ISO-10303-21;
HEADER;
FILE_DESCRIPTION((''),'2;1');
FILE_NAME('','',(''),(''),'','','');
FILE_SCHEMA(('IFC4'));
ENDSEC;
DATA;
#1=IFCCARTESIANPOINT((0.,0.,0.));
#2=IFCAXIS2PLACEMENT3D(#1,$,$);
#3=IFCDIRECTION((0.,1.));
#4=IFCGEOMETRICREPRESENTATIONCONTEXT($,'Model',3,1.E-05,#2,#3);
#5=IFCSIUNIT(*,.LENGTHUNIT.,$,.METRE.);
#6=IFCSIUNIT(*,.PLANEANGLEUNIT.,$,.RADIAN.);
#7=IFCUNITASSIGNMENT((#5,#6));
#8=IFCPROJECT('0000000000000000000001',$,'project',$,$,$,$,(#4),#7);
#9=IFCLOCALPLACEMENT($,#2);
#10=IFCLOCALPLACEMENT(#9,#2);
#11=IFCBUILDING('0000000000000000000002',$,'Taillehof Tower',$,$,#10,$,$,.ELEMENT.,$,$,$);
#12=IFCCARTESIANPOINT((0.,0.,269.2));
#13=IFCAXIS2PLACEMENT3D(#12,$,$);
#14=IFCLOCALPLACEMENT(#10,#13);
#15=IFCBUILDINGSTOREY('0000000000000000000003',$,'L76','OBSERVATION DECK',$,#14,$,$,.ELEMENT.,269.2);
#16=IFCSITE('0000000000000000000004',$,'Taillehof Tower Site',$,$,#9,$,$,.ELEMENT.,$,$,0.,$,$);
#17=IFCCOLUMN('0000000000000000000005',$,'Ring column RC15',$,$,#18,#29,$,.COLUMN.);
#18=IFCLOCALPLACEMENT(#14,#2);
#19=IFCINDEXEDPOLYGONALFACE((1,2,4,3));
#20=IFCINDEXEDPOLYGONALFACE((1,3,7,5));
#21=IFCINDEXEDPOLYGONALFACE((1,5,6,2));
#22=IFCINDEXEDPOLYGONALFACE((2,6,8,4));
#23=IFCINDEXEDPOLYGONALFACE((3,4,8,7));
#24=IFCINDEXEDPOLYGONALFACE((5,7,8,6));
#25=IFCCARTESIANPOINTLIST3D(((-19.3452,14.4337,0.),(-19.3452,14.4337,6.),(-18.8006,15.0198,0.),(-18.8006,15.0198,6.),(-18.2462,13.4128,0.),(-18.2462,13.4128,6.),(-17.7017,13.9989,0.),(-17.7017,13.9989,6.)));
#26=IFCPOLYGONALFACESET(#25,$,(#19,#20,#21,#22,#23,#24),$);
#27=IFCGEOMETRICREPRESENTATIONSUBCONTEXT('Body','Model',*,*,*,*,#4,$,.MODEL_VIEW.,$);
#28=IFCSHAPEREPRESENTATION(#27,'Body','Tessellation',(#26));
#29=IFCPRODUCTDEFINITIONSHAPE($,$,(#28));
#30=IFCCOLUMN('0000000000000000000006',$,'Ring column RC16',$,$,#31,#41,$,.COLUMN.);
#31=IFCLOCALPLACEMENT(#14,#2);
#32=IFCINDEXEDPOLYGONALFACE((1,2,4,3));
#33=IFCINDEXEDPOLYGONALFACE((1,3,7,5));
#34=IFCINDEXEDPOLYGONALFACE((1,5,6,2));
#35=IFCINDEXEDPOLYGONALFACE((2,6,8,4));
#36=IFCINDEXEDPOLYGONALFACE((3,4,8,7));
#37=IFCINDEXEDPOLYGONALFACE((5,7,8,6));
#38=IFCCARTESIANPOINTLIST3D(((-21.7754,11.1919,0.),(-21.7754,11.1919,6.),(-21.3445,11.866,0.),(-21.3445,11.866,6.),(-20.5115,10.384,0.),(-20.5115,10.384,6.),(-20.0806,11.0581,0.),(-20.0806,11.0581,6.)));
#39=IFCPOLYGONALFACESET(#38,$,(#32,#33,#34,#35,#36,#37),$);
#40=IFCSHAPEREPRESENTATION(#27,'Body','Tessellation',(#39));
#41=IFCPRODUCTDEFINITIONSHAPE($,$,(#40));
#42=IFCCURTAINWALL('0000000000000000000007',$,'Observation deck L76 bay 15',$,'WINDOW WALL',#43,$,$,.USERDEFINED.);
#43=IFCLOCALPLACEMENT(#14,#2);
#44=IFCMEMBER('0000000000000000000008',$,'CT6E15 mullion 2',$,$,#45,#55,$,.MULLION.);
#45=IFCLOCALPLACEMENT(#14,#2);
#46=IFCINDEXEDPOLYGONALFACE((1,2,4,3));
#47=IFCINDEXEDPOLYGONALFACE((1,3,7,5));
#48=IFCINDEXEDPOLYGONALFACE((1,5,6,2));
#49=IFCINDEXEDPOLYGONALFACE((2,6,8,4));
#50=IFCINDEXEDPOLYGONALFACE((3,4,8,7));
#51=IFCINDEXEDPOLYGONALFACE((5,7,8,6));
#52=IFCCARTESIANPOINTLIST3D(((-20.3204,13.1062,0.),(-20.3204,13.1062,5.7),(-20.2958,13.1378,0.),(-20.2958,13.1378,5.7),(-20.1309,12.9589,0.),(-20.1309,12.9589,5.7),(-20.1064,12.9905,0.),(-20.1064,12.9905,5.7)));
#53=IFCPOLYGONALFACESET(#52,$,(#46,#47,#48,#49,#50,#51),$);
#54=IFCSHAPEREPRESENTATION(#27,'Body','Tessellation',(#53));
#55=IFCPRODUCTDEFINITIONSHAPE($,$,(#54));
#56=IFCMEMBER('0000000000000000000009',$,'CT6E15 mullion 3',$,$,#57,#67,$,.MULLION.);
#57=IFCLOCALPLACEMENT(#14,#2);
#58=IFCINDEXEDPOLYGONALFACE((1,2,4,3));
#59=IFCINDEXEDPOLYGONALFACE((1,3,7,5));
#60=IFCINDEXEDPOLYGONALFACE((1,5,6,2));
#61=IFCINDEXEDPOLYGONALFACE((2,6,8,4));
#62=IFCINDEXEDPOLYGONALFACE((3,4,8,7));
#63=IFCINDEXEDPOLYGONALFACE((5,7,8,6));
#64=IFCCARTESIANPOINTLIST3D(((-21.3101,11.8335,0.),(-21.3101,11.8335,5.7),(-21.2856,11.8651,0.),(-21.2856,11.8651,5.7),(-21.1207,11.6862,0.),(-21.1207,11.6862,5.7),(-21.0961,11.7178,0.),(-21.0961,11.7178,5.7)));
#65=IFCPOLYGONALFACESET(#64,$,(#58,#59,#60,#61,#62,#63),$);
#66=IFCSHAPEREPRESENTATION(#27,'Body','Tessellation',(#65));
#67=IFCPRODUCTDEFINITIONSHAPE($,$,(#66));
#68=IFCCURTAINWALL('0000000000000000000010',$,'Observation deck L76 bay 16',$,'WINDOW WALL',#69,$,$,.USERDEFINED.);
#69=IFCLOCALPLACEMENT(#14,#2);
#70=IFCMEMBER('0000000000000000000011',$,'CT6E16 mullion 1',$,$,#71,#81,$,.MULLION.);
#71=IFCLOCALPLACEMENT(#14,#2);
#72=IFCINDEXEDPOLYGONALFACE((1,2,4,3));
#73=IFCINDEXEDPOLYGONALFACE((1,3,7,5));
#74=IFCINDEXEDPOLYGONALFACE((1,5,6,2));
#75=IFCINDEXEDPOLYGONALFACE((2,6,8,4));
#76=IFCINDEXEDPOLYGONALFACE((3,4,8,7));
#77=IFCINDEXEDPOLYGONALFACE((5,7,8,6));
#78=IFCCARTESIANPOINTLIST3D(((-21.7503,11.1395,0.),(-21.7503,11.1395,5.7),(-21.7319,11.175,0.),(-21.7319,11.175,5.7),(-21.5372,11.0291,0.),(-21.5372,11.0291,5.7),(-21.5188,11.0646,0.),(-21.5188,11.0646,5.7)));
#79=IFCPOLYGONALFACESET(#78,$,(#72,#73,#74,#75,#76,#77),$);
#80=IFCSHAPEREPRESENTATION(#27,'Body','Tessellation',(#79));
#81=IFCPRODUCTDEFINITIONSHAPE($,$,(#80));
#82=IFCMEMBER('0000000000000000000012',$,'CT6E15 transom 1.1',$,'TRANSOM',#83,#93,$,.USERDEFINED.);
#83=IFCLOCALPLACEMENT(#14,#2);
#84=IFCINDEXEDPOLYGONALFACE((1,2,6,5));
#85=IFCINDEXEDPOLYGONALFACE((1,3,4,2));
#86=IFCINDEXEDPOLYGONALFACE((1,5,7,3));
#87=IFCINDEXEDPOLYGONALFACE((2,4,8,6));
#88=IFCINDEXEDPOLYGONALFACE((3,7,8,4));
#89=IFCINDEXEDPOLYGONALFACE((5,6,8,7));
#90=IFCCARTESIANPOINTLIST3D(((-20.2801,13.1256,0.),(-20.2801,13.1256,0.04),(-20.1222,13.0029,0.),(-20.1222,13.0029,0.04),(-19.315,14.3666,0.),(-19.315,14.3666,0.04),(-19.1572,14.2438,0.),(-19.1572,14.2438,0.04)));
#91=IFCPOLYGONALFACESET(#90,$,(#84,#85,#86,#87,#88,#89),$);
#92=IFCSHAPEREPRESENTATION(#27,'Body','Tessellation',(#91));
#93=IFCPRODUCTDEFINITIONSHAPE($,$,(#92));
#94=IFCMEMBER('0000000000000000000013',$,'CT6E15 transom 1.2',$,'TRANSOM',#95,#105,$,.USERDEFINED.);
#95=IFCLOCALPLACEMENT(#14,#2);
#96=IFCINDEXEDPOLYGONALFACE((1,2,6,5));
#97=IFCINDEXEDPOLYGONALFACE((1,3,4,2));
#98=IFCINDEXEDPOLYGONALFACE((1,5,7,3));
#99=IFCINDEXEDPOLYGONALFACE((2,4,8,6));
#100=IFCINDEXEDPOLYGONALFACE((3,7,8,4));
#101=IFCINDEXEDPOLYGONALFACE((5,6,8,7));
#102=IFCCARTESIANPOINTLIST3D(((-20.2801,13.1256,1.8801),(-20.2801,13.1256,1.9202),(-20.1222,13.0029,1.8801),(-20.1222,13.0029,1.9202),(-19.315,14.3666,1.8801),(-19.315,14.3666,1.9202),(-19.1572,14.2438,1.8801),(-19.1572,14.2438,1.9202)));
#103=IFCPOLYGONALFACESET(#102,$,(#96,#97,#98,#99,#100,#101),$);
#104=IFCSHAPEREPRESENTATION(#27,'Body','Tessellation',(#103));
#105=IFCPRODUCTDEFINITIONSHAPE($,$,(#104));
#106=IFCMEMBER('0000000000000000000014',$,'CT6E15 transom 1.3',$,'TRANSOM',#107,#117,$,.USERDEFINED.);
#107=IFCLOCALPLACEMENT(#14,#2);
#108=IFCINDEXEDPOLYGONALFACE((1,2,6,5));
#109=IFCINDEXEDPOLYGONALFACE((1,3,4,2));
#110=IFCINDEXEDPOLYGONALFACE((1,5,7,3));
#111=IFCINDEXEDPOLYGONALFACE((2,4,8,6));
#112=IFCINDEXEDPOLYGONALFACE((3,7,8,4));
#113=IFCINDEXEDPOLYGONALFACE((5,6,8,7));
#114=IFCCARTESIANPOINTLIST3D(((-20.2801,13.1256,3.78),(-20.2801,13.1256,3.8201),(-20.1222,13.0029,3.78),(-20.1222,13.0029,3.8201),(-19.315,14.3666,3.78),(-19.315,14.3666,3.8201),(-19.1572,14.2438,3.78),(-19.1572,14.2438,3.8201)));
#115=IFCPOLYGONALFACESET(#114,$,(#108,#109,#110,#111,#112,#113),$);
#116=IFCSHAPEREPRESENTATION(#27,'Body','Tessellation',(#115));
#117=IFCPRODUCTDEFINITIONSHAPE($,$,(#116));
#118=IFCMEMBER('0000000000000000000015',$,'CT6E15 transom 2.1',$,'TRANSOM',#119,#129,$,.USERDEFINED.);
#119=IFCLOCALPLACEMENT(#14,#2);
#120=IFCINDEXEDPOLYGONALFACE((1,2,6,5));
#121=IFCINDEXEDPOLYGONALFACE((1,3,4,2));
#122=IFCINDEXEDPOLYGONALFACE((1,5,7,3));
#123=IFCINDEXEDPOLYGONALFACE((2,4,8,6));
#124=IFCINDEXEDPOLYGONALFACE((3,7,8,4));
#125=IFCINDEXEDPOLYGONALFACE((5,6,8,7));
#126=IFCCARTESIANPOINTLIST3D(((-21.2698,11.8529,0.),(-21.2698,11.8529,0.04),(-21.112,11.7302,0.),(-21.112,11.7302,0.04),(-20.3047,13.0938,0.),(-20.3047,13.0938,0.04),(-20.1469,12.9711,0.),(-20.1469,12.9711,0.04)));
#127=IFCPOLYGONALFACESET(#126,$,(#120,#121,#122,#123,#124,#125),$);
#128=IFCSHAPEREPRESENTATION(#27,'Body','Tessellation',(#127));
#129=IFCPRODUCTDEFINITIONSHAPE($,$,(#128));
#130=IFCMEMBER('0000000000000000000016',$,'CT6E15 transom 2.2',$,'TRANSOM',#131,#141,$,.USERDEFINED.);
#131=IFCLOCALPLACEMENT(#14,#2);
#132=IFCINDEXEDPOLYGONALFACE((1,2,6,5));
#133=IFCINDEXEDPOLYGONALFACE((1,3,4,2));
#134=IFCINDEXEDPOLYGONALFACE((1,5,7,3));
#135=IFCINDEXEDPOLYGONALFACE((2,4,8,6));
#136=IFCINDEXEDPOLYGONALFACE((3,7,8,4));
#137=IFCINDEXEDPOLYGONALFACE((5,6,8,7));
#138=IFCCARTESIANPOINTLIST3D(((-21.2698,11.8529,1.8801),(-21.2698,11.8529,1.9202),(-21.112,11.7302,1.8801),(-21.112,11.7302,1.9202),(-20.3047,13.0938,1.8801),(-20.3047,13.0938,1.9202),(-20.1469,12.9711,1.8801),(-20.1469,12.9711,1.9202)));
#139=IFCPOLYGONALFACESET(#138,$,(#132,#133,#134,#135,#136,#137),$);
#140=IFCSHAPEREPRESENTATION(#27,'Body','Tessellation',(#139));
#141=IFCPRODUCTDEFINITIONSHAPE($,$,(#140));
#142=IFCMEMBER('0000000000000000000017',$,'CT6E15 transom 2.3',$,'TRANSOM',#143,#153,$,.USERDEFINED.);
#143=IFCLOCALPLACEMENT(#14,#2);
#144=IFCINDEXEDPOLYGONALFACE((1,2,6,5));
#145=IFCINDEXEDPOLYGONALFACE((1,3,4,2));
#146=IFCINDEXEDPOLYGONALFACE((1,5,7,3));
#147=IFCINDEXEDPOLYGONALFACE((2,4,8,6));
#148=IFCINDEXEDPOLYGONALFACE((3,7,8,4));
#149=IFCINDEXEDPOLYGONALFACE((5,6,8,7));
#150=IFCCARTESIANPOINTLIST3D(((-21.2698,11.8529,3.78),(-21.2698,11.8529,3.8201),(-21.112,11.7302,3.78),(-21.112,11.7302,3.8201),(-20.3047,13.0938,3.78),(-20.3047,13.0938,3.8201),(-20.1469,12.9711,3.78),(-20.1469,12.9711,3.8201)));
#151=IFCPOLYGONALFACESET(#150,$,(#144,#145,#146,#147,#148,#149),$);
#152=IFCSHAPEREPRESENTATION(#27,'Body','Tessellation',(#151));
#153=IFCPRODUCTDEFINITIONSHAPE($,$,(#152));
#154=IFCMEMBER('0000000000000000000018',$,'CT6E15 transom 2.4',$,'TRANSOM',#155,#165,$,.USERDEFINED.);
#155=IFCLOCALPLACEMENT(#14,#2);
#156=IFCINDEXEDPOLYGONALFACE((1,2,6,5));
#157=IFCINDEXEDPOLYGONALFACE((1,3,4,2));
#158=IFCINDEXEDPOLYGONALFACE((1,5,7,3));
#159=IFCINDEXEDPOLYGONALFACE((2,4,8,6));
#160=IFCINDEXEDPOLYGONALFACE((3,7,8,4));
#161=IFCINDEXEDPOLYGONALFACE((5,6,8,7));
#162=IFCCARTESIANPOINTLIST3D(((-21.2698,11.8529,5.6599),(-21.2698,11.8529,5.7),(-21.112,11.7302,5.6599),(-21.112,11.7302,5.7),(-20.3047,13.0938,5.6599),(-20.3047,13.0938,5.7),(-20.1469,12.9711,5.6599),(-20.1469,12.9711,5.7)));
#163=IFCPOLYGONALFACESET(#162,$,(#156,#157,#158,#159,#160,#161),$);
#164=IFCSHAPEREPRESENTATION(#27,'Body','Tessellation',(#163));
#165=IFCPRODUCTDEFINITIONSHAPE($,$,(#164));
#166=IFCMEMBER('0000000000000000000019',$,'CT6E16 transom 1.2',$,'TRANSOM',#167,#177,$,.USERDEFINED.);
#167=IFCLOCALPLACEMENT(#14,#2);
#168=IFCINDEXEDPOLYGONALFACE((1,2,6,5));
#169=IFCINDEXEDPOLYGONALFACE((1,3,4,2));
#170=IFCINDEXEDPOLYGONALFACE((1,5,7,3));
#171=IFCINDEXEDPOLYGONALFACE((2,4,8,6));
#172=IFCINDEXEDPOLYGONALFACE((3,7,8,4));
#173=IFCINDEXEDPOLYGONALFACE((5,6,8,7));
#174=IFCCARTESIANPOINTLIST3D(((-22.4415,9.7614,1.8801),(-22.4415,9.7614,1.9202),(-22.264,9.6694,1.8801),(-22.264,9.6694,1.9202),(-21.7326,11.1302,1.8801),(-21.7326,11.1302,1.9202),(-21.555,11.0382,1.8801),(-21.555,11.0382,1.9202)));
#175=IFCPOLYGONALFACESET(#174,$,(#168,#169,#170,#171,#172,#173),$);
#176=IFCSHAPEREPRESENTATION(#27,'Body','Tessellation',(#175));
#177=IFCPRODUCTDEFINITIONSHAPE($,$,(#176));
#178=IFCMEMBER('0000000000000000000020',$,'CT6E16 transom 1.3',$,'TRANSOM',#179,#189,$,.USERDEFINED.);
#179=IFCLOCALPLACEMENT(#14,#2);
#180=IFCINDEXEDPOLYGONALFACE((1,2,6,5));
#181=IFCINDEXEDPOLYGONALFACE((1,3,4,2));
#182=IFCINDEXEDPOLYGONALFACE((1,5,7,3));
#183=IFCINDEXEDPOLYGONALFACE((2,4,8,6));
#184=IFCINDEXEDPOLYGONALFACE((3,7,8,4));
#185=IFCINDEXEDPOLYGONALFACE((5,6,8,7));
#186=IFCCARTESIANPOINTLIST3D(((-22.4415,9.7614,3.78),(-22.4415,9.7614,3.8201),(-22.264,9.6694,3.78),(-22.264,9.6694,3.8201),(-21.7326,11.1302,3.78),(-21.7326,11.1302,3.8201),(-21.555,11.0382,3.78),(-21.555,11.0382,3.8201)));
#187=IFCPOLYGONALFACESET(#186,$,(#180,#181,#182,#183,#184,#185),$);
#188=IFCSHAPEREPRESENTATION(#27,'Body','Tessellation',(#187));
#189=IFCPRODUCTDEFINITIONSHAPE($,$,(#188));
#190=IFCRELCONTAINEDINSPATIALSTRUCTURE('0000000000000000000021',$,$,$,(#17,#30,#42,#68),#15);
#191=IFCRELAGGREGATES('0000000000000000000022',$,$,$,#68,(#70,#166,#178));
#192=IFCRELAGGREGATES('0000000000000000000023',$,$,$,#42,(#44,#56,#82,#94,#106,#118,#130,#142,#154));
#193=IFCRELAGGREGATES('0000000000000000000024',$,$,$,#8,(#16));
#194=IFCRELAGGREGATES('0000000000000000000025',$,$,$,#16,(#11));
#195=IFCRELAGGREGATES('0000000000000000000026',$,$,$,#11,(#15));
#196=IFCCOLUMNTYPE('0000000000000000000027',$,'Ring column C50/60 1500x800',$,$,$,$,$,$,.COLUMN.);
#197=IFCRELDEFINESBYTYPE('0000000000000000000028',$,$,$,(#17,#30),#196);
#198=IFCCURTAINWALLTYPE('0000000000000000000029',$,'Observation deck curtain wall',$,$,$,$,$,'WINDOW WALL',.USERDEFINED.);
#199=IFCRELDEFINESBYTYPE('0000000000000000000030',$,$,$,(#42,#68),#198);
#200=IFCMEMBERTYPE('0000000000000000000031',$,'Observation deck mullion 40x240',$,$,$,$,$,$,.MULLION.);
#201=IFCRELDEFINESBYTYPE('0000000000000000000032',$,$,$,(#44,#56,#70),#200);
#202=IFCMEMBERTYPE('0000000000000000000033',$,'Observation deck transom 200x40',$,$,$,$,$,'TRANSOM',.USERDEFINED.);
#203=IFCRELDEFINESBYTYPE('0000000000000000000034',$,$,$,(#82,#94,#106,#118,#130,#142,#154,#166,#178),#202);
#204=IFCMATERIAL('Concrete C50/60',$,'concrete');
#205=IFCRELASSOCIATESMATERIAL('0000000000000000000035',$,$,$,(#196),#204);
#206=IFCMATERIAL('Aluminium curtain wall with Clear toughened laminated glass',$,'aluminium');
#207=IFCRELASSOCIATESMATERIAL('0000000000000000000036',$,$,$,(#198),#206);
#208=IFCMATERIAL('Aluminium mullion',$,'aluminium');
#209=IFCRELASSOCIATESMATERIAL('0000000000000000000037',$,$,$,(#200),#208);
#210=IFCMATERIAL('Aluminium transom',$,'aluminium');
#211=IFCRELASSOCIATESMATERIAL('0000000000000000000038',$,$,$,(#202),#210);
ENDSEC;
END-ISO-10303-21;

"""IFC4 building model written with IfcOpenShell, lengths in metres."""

from ifc_helpers import new_model, si_unit, direction, frame, origin, origin_2d, place, context, subcontext, project, spatial, rectangle, extrude, material, material_profile, profile_set, type_object, element, aggregate, save


model = new_model("IFC4")

# Units and contexts
model_context = context("Model", 3, precision=1e-05, world=origin(), true_north=direction((0.0, 1.0)))
body_context = subcontext(model_context, "Body", "Model", "MODEL_VIEW")
ifc_project = project(units=[si_unit("LENGTHUNIT", "METRE"), si_unit("PLANEANGLEUNIT", "RADIAN")], contexts=[model_context])

# Site, building, storey
site_placement = place(None, origin())
site = spatial("IfcSite", under=ifc_project, at=site_placement, Name="Taillehof Tower Site", CompositionType="ELEMENT", RefElevation=0.0)
building_placement = place(site_placement, origin())
building = spatial("IfcBuilding", under=site, at=building_placement, Name="Taillehof Tower", CompositionType="ELEMENT")
storey_placement = place(building_placement, frame((0.0, 0.0, 269.2)))
storey = spatial("IfcBuildingStorey", under=building, at=storey_placement, Name="L76", Description="OBSERVATION DECK", CompositionType="ELEMENT", Elevation=269.2)

# Columns
ifc_material_1 = material(Name="Concrete C50/60", Category="concrete")
ifc_material_profile_1 = material_profile(ifc_material_1, rectangle(XDim=1.5, YDim=0.8, at=origin_2d()), Name="RC 1500x800")
ifc_profile_set_1 = profile_set([ifc_material_profile_1], Name="Concrete C50/60")
column_type = type_object("IfcColumnType", Name="Ring column C50/60 1500x800", PredefinedType="COLUMN", material=ifc_profile_set_1)
for number, where, z_axis, x_axis, name in (
    (1, (-18.5234, 14.2163, 0.0), (0.0, 0.0, 1.0), (-0.732636, 0.680621, 0.0), "Ring column RC15"),
    (2, (-20.928, 11.125, 0.0), (0.0, 0.0, 1.0), (-0.842574, 0.538581, 0.0), "Ring column RC16"),
):
    element("IfcColumn", number, at=place(storey_placement, frame(where, z_axis=z_axis, x_axis=x_axis)), inside=storey, type_object=column_type, Name=name, PredefinedType="COLUMN", context=body_context, shape_type="SweptSolid", body=[
        extrude(rectangle(XDim=1.5, YDim=0.8, at=origin_2d()), origin(), (0.0, 0.0, 1.0), 6.0),
    ])

# Curtain wall, members
ifc_material_2 = material(Name="Aluminium curtain wall with Clear toughened laminated glass", Category="aluminium")
curtain_wall_type = type_object("IfcCurtainWallType", Name="Observation deck curtain wall", ElementType="WINDOW WALL", PredefinedType="USERDEFINED", material=ifc_material_2)
curtain_wall_1_placement = place(storey_placement, origin())
curtain_wall_1 = element("IfcCurtainWall", 3, at=curtain_wall_1_placement, inside=storey, type_object=curtain_wall_type, Name="Observation deck L76 bay 15", ObjectType="WINDOW WALL", PredefinedType="USERDEFINED")
ifc_material_3 = material(Name="Aluminium mullion", Category="aluminium")
ifc_material_profile_2 = material_profile(ifc_material_3, rectangle(XDim=0.24, YDim=0.04, at=origin_2d()), Name="AL 40x240")
ifc_profile_set_2 = profile_set([ifc_material_profile_2], Name="Aluminium mullion")
member_type_1 = type_object("IfcMemberType", Name="Observation deck mullion 40x240", PredefinedType="MULLION", material=ifc_profile_set_2)
member_1_placement = place(storey_placement, frame((-20.2134, 13.0483, 0.0), z_axis=(0.0, 0.0, 1.0), x_axis=(0.789382, -0.613903, 0.0)))
member_1 = element("IfcMember", 4, at=member_1_placement, type_object=member_type_1, Name="CT6E15 mullion 2", PredefinedType="MULLION", context=body_context, shape_type="SweptSolid", body=[
    extrude(rectangle(XDim=0.24, YDim=0.04, at=origin_2d()), origin(), (0.0, 0.0, 1.0), 5.7),
])
member_2_placement = place(storey_placement, frame((-21.2031, 11.7756, 0.0), z_axis=(0.0, 0.0, 1.0), x_axis=(0.789382, -0.613903, 0.0)))
member_2 = element("IfcMember", 5, at=member_2_placement, type_object=member_type_1, Name="CT6E15 mullion 3", PredefinedType="MULLION", context=body_context, shape_type="SweptSolid", body=[
    extrude(rectangle(XDim=0.24, YDim=0.04, at=origin_2d()), origin(), (0.0, 0.0, 1.0), 5.7),
])

# Curtain wall, member
curtain_wall_2_placement = place(storey_placement, origin())
curtain_wall_2 = element("IfcCurtainWall", 6, at=curtain_wall_2_placement, inside=storey, type_object=curtain_wall_type, Name="Observation deck L76 bay 16", ObjectType="WINDOW WALL", PredefinedType="USERDEFINED")
member_3_placement = place(storey_placement, frame((-21.6345, 11.1021, 0.0), z_axis=(0.0, 0.0, 1.0), x_axis=(0.887975, -0.459891, 0.0)))
member_3 = element("IfcMember", 7, at=member_3_placement, type_object=member_type_1, Name="CT6E16 mullion 1", PredefinedType="MULLION", context=body_context, shape_type="SweptSolid", body=[
    extrude(rectangle(XDim=0.24, YDim=0.04, at=origin_2d()), origin(), (0.0, 0.0, 1.0), 5.7),
])

# Members
ifc_material_4 = material(Name="Aluminium transom", Category="aluminium")
ifc_material_profile_3 = material_profile(ifc_material_4, rectangle(XDim=0.2, YDim=0.04, at=origin_2d()), Name="AL 200x40")
ifc_profile_set_3 = profile_set([ifc_material_profile_3], Name="Aluminium transom")
member_type_2 = type_object("IfcMemberType", Name="Observation deck transom 200x40", ElementType="TRANSOM", PredefinedType="USERDEFINED", material=ifc_profile_set_3)
member_4_placement = place(storey_placement, frame((-19.2361, 14.3052, 0.02), z_axis=(-0.613898, -0.789386, 0.0), x_axis=(0.789386, -0.613898, 0.0)))
member_4 = element("IfcMember", 8, at=member_4_placement, type_object=member_type_2, Name="CT6E15 transom 1.1", ObjectType="TRANSOM", PredefinedType="USERDEFINED", context=body_context, shape_type="SweptSolid", body=[
    extrude(rectangle(XDim=0.2, YDim=0.04, at=origin_2d()), origin(), (0.0, 0.0, 1.0), 1.572),
])
member_5_placement = place(storey_placement, frame((-19.2361, 14.3052, 1.9001), z_axis=(-0.613898, -0.789386, 0.0), x_axis=(0.789386, -0.613898, 0.0)))
member_5 = element("IfcMember", 9, at=member_5_placement, type_object=member_type_2, Name="CT6E15 transom 1.2", ObjectType="TRANSOM", PredefinedType="USERDEFINED", context=body_context, shape_type="SweptSolid", body=[
    extrude(rectangle(XDim=0.2, YDim=0.04, at=origin_2d()), origin(), (0.0, 0.0, 1.0), 1.572),
])
member_6_placement = place(storey_placement, frame((-19.2361, 14.3052, 3.8), z_axis=(-0.613898, -0.789386, 0.0), x_axis=(0.789386, -0.613898, 0.0)))
member_6 = element("IfcMember", 10, at=member_6_placement, type_object=member_type_2, Name="CT6E15 transom 1.3", ObjectType="TRANSOM", PredefinedType="USERDEFINED", context=body_context, shape_type="SweptSolid", body=[
    extrude(rectangle(XDim=0.2, YDim=0.04, at=origin_2d()), origin(), (0.0, 0.0, 1.0), 1.572),
])
member_7_placement = place(storey_placement, frame((-20.2258, 13.0325, 0.02), z_axis=(-0.613898, -0.789386, 0.0), x_axis=(0.789386, -0.613898, 0.0)))
member_7 = element("IfcMember", 11, at=member_7_placement, type_object=member_type_2, Name="CT6E15 transom 2.1", ObjectType="TRANSOM", PredefinedType="USERDEFINED", context=body_context, shape_type="SweptSolid", body=[
    extrude(rectangle(XDim=0.2, YDim=0.04, at=origin_2d()), origin(), (0.0, 0.0, 1.0), 1.572),
])
member_8_placement = place(storey_placement, frame((-20.2258, 13.0325, 1.9001), z_axis=(-0.613898, -0.789386, 0.0), x_axis=(0.789386, -0.613898, 0.0)))
member_8 = element("IfcMember", 12, at=member_8_placement, type_object=member_type_2, Name="CT6E15 transom 2.2", ObjectType="TRANSOM", PredefinedType="USERDEFINED", context=body_context, shape_type="SweptSolid", body=[
    extrude(rectangle(XDim=0.2, YDim=0.04, at=origin_2d()), origin(), (0.0, 0.0, 1.0), 1.572),
])
member_9_placement = place(storey_placement, frame((-20.2258, 13.0325, 3.8), z_axis=(-0.613898, -0.789386, 0.0), x_axis=(0.789386, -0.613898, 0.0)))
member_9 = element("IfcMember", 13, at=member_9_placement, type_object=member_type_2, Name="CT6E15 transom 2.3", ObjectType="TRANSOM", PredefinedType="USERDEFINED", context=body_context, shape_type="SweptSolid", body=[
    extrude(rectangle(XDim=0.2, YDim=0.04, at=origin_2d()), origin(), (0.0, 0.0, 1.0), 1.572),
])
member_10_placement = place(storey_placement, frame((-20.2258, 13.0325, 5.6799), z_axis=(-0.613898, -0.789386, 0.0), x_axis=(0.789386, -0.613898, 0.0)))
member_10 = element("IfcMember", 14, at=member_10_placement, type_object=member_type_2, Name="CT6E15 transom 2.4", ObjectType="TRANSOM", PredefinedType="USERDEFINED", context=body_context, shape_type="SweptSolid", body=[
    extrude(rectangle(XDim=0.2, YDim=0.04, at=origin_2d()), origin(), (0.0, 0.0, 1.0), 1.572),
])
member_11_placement = place(storey_placement, frame((-21.6438, 11.0842, 1.9001), z_axis=(-0.459901, -0.88797, 0.0), x_axis=(0.88797, -0.459901, 0.0)))
member_11 = element("IfcMember", 15, at=member_11_placement, type_object=member_type_2, Name="CT6E16 transom 1.2", ObjectType="TRANSOM", PredefinedType="USERDEFINED", context=body_context, shape_type="SweptSolid", body=[
    extrude(rectangle(XDim=0.2, YDim=0.04, at=origin_2d()), origin(), (0.0, 0.0, 1.0), 1.5415),
])
member_12_placement = place(storey_placement, frame((-21.6438, 11.0842, 3.8), z_axis=(-0.459901, -0.88797, 0.0), x_axis=(0.88797, -0.459901, 0.0)))
member_12 = element("IfcMember", 16, at=member_12_placement, type_object=member_type_2, Name="CT6E16 transom 1.3", ObjectType="TRANSOM", PredefinedType="USERDEFINED", context=body_context, shape_type="SweptSolid", body=[
    extrude(rectangle(XDim=0.2, YDim=0.04, at=origin_2d()), origin(), (0.0, 0.0, 1.0), 1.5415),
])
aggregate(curtain_wall_2, [member_3, member_11, member_12])

aggregate(curtain_wall_1, [member_1, member_2, member_4, member_5, member_6, member_7, member_8, member_9, member_10])

save(model, "model.ifc")
